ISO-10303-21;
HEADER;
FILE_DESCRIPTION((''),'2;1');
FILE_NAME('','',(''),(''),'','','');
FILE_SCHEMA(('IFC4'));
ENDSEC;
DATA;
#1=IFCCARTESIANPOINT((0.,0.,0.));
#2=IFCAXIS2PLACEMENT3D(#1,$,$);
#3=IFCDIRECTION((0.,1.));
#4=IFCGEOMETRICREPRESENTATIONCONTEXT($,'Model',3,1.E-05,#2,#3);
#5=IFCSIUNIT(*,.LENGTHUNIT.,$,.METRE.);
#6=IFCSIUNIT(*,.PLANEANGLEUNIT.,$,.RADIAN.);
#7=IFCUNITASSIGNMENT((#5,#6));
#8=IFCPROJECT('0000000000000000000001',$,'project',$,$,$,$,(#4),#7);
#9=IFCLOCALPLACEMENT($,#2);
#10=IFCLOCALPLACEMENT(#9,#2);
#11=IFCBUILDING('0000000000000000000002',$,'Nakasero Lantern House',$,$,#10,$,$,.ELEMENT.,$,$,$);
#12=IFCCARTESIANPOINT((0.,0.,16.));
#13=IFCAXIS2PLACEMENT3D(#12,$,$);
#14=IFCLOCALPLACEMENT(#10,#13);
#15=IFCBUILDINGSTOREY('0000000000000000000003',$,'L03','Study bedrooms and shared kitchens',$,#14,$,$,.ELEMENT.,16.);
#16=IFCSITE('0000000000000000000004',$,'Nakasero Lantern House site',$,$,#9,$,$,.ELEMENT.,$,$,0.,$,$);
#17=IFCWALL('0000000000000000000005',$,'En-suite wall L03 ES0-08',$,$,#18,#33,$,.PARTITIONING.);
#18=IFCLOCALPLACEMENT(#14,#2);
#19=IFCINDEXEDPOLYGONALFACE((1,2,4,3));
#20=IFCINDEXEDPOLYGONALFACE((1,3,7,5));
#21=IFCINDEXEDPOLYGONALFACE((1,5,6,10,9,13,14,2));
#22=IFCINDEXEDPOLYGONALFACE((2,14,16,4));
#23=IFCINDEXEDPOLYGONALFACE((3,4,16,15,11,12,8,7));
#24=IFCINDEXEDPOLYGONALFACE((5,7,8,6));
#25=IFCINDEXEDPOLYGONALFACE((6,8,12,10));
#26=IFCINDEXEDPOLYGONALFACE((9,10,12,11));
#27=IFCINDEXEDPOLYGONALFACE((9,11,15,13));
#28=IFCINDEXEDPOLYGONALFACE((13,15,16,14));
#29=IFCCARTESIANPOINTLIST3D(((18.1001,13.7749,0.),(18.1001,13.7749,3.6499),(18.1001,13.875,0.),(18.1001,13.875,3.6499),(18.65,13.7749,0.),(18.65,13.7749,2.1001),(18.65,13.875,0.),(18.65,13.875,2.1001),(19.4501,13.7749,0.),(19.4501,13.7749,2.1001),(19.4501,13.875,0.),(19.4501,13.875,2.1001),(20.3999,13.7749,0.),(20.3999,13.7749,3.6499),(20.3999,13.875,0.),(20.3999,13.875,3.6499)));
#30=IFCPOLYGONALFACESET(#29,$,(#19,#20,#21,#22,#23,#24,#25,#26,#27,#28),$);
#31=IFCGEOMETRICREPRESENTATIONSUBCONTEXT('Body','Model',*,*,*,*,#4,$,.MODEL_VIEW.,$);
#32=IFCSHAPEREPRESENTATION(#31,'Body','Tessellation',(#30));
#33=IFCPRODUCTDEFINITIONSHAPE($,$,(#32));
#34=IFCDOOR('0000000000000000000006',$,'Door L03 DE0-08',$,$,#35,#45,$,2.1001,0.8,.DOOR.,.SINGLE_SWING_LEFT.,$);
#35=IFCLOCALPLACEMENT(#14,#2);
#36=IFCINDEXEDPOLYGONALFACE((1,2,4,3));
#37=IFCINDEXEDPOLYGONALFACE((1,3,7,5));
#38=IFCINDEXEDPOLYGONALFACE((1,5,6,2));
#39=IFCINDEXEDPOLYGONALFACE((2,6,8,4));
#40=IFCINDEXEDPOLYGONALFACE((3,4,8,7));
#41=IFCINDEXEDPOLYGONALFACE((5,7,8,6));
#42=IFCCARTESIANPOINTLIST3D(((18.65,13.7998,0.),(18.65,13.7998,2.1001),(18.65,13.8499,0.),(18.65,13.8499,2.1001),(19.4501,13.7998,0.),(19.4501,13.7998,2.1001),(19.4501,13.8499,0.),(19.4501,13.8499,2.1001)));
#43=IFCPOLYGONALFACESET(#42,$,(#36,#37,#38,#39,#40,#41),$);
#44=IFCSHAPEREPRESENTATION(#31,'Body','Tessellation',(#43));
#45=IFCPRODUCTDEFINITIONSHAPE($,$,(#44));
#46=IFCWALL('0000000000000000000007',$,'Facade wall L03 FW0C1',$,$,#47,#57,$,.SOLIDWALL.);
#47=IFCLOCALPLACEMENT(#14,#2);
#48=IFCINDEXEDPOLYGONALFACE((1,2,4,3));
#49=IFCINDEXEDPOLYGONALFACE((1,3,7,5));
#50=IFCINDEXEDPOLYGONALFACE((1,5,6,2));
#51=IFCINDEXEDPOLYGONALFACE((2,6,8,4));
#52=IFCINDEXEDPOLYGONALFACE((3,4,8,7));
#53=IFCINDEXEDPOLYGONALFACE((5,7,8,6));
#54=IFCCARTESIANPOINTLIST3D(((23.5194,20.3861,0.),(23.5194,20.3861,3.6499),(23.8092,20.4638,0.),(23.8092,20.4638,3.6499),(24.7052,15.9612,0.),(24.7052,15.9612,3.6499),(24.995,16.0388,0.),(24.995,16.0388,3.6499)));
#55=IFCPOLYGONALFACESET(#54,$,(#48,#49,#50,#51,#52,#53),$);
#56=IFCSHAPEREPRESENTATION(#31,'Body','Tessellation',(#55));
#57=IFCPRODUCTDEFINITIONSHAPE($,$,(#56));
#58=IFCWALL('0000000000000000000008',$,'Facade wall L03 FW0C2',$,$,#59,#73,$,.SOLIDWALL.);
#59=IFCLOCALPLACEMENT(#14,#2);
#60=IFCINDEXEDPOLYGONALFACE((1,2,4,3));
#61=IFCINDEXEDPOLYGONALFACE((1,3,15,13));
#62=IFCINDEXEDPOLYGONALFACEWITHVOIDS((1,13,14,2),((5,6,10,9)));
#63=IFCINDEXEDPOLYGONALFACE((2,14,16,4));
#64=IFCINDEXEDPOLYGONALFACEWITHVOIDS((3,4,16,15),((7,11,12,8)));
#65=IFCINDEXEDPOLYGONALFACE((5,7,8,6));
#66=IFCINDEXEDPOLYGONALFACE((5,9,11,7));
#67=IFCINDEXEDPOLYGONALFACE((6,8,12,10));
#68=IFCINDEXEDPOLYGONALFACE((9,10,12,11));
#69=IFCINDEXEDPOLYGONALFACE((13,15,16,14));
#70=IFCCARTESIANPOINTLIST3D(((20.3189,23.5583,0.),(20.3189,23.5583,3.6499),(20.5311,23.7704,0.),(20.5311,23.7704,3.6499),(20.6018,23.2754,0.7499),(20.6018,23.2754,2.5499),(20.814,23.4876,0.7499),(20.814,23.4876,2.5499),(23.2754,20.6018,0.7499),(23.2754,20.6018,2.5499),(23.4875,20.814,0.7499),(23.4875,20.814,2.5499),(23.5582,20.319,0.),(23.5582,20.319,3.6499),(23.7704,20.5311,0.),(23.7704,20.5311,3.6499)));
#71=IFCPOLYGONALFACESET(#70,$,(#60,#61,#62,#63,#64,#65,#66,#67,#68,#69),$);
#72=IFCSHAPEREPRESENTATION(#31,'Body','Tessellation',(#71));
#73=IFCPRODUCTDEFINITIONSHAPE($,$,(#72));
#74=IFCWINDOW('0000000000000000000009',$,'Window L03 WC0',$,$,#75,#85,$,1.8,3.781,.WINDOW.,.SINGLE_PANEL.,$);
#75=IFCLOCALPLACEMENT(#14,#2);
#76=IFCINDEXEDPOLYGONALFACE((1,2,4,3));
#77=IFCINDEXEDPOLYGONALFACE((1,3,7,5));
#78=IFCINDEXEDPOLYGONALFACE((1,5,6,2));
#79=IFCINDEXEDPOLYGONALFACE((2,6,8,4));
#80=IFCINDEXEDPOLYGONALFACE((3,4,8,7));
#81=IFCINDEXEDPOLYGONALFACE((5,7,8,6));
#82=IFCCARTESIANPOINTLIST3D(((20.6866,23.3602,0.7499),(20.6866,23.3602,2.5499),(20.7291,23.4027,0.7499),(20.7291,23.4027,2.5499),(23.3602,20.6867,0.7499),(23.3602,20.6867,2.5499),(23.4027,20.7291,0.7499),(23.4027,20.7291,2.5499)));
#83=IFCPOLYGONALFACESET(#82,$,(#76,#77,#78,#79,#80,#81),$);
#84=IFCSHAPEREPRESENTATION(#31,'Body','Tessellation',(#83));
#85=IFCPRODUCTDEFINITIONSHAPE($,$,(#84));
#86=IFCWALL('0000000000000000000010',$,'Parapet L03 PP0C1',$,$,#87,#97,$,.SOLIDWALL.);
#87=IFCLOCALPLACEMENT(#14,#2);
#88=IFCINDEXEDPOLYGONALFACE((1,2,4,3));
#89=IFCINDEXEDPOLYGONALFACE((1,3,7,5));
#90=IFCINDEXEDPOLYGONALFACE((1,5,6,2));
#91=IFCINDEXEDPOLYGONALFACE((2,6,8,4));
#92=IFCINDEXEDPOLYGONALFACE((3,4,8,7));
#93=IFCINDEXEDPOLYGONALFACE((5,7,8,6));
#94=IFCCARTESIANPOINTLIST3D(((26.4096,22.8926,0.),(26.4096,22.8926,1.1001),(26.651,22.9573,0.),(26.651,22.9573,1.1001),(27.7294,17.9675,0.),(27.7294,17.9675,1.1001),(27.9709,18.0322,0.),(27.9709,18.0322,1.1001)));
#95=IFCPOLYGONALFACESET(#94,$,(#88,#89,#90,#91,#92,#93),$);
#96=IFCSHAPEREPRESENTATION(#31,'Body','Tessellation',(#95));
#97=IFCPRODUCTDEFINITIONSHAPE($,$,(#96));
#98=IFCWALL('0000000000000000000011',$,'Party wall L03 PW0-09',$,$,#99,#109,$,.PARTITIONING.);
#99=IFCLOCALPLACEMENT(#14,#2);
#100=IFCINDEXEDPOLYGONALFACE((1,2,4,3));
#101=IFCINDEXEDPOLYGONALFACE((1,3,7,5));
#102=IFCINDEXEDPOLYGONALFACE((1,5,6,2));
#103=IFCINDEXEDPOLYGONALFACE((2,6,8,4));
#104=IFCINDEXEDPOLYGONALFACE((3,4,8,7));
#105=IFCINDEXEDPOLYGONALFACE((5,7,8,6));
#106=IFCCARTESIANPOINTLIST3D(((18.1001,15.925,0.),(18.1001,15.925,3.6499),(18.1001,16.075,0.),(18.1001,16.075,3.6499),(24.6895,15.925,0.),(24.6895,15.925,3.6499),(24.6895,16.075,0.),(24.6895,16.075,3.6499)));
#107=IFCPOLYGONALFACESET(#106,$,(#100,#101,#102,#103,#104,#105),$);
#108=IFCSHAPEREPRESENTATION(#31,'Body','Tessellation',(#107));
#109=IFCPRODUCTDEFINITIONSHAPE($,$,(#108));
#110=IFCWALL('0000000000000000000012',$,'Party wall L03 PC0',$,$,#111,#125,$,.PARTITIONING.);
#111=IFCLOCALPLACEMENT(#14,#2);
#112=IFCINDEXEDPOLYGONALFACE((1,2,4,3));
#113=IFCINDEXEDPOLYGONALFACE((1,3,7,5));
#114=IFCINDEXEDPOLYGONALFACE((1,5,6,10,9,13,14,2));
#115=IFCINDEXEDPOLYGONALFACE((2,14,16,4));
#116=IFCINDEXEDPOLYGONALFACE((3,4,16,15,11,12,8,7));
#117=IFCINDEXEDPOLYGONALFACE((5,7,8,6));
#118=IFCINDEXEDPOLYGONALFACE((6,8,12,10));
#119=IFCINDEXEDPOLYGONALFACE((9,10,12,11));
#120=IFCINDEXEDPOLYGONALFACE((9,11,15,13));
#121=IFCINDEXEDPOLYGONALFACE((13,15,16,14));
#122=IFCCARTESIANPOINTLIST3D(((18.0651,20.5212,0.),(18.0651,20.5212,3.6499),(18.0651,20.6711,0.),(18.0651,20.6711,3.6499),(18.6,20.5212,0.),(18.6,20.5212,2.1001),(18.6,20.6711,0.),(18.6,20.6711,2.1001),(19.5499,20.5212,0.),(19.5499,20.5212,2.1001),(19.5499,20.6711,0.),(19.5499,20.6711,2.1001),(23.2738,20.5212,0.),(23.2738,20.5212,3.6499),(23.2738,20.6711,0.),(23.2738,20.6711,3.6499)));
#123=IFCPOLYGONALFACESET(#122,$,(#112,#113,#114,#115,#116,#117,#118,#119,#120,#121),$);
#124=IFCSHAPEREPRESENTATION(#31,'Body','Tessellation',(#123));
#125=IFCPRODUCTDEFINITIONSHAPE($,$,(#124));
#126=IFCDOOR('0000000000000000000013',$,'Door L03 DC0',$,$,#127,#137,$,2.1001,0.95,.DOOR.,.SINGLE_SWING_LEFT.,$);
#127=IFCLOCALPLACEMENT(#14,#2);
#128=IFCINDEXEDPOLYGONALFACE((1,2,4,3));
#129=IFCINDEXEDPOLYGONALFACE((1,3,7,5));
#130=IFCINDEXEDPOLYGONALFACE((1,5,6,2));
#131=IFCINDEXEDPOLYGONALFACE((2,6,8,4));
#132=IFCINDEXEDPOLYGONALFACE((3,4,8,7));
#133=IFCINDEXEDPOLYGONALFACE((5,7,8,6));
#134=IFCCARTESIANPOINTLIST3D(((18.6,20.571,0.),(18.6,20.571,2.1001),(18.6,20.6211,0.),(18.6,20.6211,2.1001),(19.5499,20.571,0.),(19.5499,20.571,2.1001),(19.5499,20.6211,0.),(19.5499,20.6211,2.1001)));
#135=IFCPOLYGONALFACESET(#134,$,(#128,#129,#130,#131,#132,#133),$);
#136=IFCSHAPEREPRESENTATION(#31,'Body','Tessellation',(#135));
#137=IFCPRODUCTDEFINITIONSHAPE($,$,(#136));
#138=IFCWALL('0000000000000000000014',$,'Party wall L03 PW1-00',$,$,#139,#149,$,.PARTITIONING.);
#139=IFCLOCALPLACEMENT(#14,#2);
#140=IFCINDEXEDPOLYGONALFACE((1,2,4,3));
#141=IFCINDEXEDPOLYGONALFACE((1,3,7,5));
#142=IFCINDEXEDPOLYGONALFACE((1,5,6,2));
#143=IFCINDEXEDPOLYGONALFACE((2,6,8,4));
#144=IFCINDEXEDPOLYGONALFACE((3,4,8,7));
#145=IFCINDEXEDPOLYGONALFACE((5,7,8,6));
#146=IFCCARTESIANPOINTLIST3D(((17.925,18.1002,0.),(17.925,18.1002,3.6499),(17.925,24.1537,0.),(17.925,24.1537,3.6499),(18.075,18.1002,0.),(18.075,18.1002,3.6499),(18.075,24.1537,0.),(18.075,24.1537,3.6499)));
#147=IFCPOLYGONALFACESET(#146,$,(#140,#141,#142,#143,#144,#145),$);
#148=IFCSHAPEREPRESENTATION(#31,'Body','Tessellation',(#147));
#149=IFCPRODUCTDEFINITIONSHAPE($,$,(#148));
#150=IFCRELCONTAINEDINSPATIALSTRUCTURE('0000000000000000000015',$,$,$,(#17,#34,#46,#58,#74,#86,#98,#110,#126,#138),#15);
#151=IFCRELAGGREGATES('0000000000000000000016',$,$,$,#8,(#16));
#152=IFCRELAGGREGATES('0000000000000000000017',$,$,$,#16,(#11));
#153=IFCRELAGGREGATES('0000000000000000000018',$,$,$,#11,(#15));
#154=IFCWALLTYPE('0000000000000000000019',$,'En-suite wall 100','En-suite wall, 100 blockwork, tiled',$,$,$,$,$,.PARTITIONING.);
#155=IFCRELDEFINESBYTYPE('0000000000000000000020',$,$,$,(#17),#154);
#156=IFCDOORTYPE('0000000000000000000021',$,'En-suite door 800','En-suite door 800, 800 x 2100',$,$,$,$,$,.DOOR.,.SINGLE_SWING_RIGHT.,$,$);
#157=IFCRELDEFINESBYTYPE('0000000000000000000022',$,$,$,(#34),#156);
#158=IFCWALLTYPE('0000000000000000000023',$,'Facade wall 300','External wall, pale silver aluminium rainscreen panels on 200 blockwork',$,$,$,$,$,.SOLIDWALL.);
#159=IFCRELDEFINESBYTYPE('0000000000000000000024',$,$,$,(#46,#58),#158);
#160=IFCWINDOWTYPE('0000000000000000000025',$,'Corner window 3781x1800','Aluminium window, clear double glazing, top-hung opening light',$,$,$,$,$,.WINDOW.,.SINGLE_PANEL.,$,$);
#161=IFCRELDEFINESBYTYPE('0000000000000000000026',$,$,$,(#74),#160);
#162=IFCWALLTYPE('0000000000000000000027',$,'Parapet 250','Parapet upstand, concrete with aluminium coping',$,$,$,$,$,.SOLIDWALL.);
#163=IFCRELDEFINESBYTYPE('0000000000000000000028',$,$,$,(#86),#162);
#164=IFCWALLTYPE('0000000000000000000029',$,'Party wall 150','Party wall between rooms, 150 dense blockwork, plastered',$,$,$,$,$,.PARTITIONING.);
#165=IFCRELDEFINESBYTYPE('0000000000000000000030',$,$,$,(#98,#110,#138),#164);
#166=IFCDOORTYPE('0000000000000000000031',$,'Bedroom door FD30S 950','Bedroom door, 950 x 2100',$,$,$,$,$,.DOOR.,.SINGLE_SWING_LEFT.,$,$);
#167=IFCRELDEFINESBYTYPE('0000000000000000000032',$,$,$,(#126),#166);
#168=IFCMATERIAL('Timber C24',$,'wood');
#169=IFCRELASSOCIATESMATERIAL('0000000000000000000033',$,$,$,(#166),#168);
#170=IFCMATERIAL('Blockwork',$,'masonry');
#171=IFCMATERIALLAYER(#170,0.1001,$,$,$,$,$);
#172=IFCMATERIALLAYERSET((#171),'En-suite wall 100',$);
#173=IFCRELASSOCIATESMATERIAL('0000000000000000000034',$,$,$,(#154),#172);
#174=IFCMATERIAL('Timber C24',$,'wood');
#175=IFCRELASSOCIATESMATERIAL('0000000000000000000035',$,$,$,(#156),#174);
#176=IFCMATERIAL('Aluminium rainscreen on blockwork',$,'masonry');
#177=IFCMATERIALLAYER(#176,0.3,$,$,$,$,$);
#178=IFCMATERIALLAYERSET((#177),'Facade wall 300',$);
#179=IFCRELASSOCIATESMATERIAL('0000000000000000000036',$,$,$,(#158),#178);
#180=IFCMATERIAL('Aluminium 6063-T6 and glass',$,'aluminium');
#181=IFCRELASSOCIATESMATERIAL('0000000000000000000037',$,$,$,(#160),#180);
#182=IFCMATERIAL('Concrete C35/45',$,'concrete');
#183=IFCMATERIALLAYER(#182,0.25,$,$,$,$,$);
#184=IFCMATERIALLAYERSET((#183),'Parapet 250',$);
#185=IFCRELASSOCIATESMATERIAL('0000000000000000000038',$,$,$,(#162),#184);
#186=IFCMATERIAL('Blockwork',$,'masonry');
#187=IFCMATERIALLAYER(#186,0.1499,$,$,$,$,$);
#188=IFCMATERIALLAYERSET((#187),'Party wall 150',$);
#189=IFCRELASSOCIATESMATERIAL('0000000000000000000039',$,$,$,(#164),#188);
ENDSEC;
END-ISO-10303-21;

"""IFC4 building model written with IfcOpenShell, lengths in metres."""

from ifc_helpers import new_model, si_unit, direction, frame, frame_2d, origin, place, context, subcontext, project, spatial, rectangle, extrude, material, layer, layer_set, type_object, element, fill, save


model = new_model("IFC4")

# Units and contexts
model_context = context("Model", 3, precision=1e-05, world=origin(), true_north=direction((0.0, 1.0)))
body_context = subcontext(model_context, "Body", "Model", "MODEL_VIEW")
ifc_project = project(units=[si_unit("LENGTHUNIT", "METRE"), si_unit("PLANEANGLEUNIT", "RADIAN")], contexts=[model_context])

# Site, building, storey
site_placement = place(None, origin())
site = spatial("IfcSite", under=ifc_project, at=site_placement, Name="Nakasero Lantern House site", CompositionType="ELEMENT", RefElevation=0.0)
building_placement = place(site_placement, origin())
building = spatial("IfcBuilding", under=site, at=building_placement, Name="Nakasero Lantern House", CompositionType="ELEMENT")
storey_placement = place(building_placement, frame((0.0, 0.0, 16.0)))
storey = spatial("IfcBuildingStorey", under=building, at=storey_placement, Name="L03", Description="Study bedrooms and shared kitchens", CompositionType="ELEMENT", Elevation=16.0)

# Shared definitions
ifc_material_1 = material(Name="Timber C24", Category="wood")
door_type_1 = type_object("IfcDoorType", Name="Bedroom door FD30S 950", Description="Bedroom door, 950 x 2100", OperationType="SINGLE_SWING_LEFT", PredefinedType="DOOR", material=ifc_material_1)

# Wall, opening, door
ifc_material_2 = material(Name="Blockwork", Category="masonry")
ifc_layer_1 = layer(ifc_material_2, 0.1001)
ifc_layer_set_1 = layer_set([ifc_layer_1], Name="En-suite wall 100")
wall_type_1 = type_object("IfcWallType", Name="En-suite wall 100", Description="En-suite wall, 100 blockwork, tiled", PredefinedType="PARTITIONING", material=ifc_layer_set_1)
wall_1_placement = place(storey_placement, frame((18.1001, 13.825, 0.0), z_axis=(0.0, 0.0, 1.0), x_axis=(1.0, 0.0, 0.0)))
wall_1 = element("IfcWall", 1, at=wall_1_placement, inside=storey, type_object=wall_type_1, Name="En-suite wall L03 ES0-08", PredefinedType="PARTITIONING", context=body_context, shape_type="SweptSolid", body=[
    extrude(rectangle(XDim=2.2998, YDim=0.1001, at=frame_2d((1.1499, 0.0))), origin(), (0.0, 0.0, 1.0), 3.6499),
])
opening_1_placement = place(wall_1_placement, frame((0.55, 0.0, 0.0)))
opening_1 = element("IfcOpeningElement", 2, at=opening_1_placement, cuts=wall_1, PredefinedType="OPENING", context=body_context, shape_type="SweptSolid", body=[
    extrude(rectangle(XDim=0.8, YDim=2.1001, at=frame_2d((0.3999, 1.05))), frame((0.0, 0.0701, 0.0), z_axis=(0.0, -1.0, 0.0), x_axis=(1.0, 0.0, 0.0)), (0.0, 0.0, 1.0), 0.1401),
])
ifc_material_3 = material(Name="Timber C24", Category="wood")
door_type_2 = type_object("IfcDoorType", Name="En-suite door 800", Description="En-suite door 800, 800 x 2100", OperationType="SINGLE_SWING_RIGHT", PredefinedType="DOOR", material=ifc_material_3)
door_1_placement = place(opening_1_placement, origin())
door_1 = element("IfcDoor", 3, at=door_1_placement, inside=storey, type_object=door_type_2, Name="Door L03 DE0-08", OperationType="SINGLE_SWING_LEFT", OverallHeight=2.1001, OverallWidth=0.8, PredefinedType="DOOR", context=body_context, shape_type="SweptSolid", body=[
    extrude(rectangle(XDim=0.8, YDim=2.1001, at=frame_2d((0.3999, 1.05))), frame((0.0, 0.0249, 0.0), z_axis=(0.0, -1.0, 0.0), x_axis=(1.0, 0.0, 0.0)), (0.0, 0.0, 1.0), 0.05),
])
fill(opening_1, door_1)

# Wall
ifc_material_4 = material(Name="Aluminium rainscreen on blockwork", Category="masonry")
ifc_layer_2 = layer(ifc_material_4, 0.3)
ifc_layer_set_2 = layer_set([ifc_layer_2], Name="Facade wall 300")
wall_type_2 = type_object("IfcWallType", Name="Facade wall 300", Description="External wall, pale silver aluminium rainscreen panels on 200 blockwork", PredefinedType="SOLIDWALL", material=ifc_layer_set_2)
wall_2_placement = place(storey_placement, frame((24.8501, 16.0, 0.0), z_axis=(0.0, 0.0, 1.0), x_axis=(-0.25884, 0.96592, 0.0)))
element("IfcWall", 4, at=wall_2_placement, inside=storey, type_object=wall_type_2, Name="Facade wall L03 FW0C1", PredefinedType="SOLIDWALL", context=body_context, shape_type="SweptSolid", body=[
    extrude(rectangle(XDim=4.5811, YDim=0.3, at=frame_2d((2.2905, 0.0))), origin(), (0.0, 0.0, 1.0), 3.6499),
])

# Wall, opening, window
wall_3_placement = place(storey_placement, frame((23.6643, 20.425, 0.0), z_axis=(0.0, 0.0, 1.0), x_axis=(-0.707107, 0.707107, 0.0)))
wall_3 = element("IfcWall", 5, at=wall_3_placement, inside=storey, type_object=wall_type_2, Name="Facade wall L03 FW0C2", PredefinedType="SOLIDWALL", context=body_context, shape_type="SweptSolid", body=[
    extrude(rectangle(XDim=4.5811, YDim=0.3, at=frame_2d((2.2905, 0.0))), origin(), (0.0, 0.0, 1.0), 3.6499),
])
opening_2_placement = place(wall_3_placement, frame((0.3999, 0.0, 0.75)))
opening_2 = element("IfcOpeningElement", 6, at=opening_2_placement, cuts=wall_3, PredefinedType="OPENING", context=body_context, shape_type="SweptSolid", body=[
    extrude(rectangle(XDim=3.781, YDim=1.8, at=frame_2d((1.8906, 0.8999))), frame((0.0, 0.1699, 0.0), z_axis=(0.0, -1.0, 0.0), x_axis=(1.0, 0.0, 0.0)), (0.0, 0.0, 1.0), 0.3401),
])
ifc_material_5 = material(Name="Aluminium 6063-T6 and glass", Category="aluminium")
window_type = type_object("IfcWindowType", Name="Corner window 3781x1800", Description="Aluminium window, clear double glazing, top-hung opening light", PartitioningType="SINGLE_PANEL", PredefinedType="WINDOW", material=ifc_material_5)
window_placement = place(opening_2_placement, origin())
window = element("IfcWindow", 7, at=window_placement, inside=storey, type_object=window_type, Name="Window L03 WC0", OverallHeight=1.8, OverallWidth=3.781, PartitioningType="SINGLE_PANEL", PredefinedType="WINDOW", context=body_context, shape_type="SweptSolid", body=[
    extrude(rectangle(XDim=3.781, YDim=1.8, at=frame_2d((1.8906, 0.8999))), frame((0.0, 0.03, 0.0), z_axis=(0.0, -1.0, 0.0), x_axis=(1.0, 0.0, 0.0)), (0.0, 0.0, 1.0), 0.0601),
])
fill(opening_2, window)

# Walls
ifc_material_6 = material(Name="Concrete C35/45", Category="concrete")
ifc_layer_3 = layer(ifc_material_6, 0.25)
ifc_layer_set_3 = layer_set([ifc_layer_3], Name="Parapet 250")
wall_type_3 = type_object("IfcWallType", Name="Parapet 250", Description="Parapet upstand, concrete with aluminium coping", PredefinedType="SOLIDWALL", material=ifc_layer_set_3)
wall_4_placement = place(storey_placement, frame((27.8501, 18.0, 0.0), z_axis=(0.0, 0.0, 1.0), x_axis=(-0.258849, 0.965918, 0.0)))
element("IfcWall", 8, at=wall_4_placement, inside=storey, type_object=wall_type_3, Name="Parapet L03 PP0C1", PredefinedType="SOLIDWALL", context=body_context, shape_type="SweptSolid", body=[
    extrude(rectangle(XDim=5.0989, YDim=0.25, at=frame_2d((2.5493, 0.0))), origin(), (0.0, 0.0, 1.0), 1.1001),
])
ifc_material_7 = material(Name="Blockwork", Category="masonry")
ifc_layer_4 = layer(ifc_material_7, 0.1499)
ifc_layer_set_4 = layer_set([ifc_layer_4], Name="Party wall 150")
wall_type_4 = type_object("IfcWallType", Name="Party wall 150", Description="Party wall between rooms, 150 dense blockwork, plastered", PredefinedType="PARTITIONING", material=ifc_layer_set_4)
wall_5_placement = place(storey_placement, frame((18.1001, 16.0, 0.0), z_axis=(0.0, 0.0, 1.0), x_axis=(1.0, 0.0, 0.0)))
element("IfcWall", 9, at=wall_5_placement, inside=storey, type_object=wall_type_4, Name="Party wall L03 PW0-09", PredefinedType="PARTITIONING", context=body_context, shape_type="SweptSolid", body=[
    extrude(rectangle(XDim=6.5894, YDim=0.1499, at=frame_2d((3.2947, 0.0))), origin(), (0.0, 0.0, 1.0), 3.6499),
])

# Wall, opening, door
wall_6_placement = place(storey_placement, frame((18.0649, 20.5962, 0.0), z_axis=(0.0, 0.0, 1.0), x_axis=(1.0, 0.0, 0.0)))
wall_6 = element("IfcWall", 10, at=wall_6_placement, inside=storey, type_object=wall_type_4, Name="Party wall L03 PC0", PredefinedType="PARTITIONING", context=body_context, shape_type="SweptSolid", body=[
    extrude(rectangle(XDim=5.2087, YDim=0.1499, at=frame_2d((2.6045, 0.0))), origin(), (0.0, 0.0, 1.0), 3.6499),
])
opening_3_placement = place(wall_6_placement, frame((0.5349, 0.0, 0.0)))
opening_3 = element("IfcOpeningElement", 11, at=opening_3_placement, cuts=wall_6, PredefinedType="OPENING", context=body_context, shape_type="SweptSolid", body=[
    extrude(rectangle(XDim=0.95, YDim=2.1001, at=frame_2d((0.4751, 1.05))), frame((0.0, 0.095, 0.0), z_axis=(0.0, -1.0, 0.0), x_axis=(1.0, 0.0, 0.0)), (0.0, 0.0, 1.0), 0.1899),
])
door_2_placement = place(opening_3_placement, origin())
door_2 = element("IfcDoor", 12, at=door_2_placement, inside=storey, type_object=door_type_1, Name="Door L03 DC0", OperationType="SINGLE_SWING_LEFT", OverallHeight=2.1001, OverallWidth=0.95, PredefinedType="DOOR", context=body_context, shape_type="SweptSolid", body=[
    extrude(rectangle(XDim=0.95, YDim=2.1001, at=frame_2d((0.4751, 1.05))), frame((0.0, 0.0249, 0.0), z_axis=(0.0, -1.0, 0.0), x_axis=(1.0, 0.0, 0.0)), (0.0, 0.0, 1.0), 0.05),
])
fill(opening_3, door_2)

# Wall
wall_7_placement = place(storey_placement, frame((18.0, 18.1001, 0.0), z_axis=(0.0, 0.0, 1.0), x_axis=(0.0, 1.0, 0.0)))
element("IfcWall", 13, at=wall_7_placement, inside=storey, type_object=wall_type_4, Name="Party wall L03 PW1-00", PredefinedType="PARTITIONING", context=body_context, shape_type="SweptSolid", body=[
    extrude(rectangle(XDim=6.0535, YDim=0.1499, at=frame_2d((3.0269, 0.0))), origin(), (0.0, 0.0, 1.0), 3.6499),
])

save(model, "model.ifc")
